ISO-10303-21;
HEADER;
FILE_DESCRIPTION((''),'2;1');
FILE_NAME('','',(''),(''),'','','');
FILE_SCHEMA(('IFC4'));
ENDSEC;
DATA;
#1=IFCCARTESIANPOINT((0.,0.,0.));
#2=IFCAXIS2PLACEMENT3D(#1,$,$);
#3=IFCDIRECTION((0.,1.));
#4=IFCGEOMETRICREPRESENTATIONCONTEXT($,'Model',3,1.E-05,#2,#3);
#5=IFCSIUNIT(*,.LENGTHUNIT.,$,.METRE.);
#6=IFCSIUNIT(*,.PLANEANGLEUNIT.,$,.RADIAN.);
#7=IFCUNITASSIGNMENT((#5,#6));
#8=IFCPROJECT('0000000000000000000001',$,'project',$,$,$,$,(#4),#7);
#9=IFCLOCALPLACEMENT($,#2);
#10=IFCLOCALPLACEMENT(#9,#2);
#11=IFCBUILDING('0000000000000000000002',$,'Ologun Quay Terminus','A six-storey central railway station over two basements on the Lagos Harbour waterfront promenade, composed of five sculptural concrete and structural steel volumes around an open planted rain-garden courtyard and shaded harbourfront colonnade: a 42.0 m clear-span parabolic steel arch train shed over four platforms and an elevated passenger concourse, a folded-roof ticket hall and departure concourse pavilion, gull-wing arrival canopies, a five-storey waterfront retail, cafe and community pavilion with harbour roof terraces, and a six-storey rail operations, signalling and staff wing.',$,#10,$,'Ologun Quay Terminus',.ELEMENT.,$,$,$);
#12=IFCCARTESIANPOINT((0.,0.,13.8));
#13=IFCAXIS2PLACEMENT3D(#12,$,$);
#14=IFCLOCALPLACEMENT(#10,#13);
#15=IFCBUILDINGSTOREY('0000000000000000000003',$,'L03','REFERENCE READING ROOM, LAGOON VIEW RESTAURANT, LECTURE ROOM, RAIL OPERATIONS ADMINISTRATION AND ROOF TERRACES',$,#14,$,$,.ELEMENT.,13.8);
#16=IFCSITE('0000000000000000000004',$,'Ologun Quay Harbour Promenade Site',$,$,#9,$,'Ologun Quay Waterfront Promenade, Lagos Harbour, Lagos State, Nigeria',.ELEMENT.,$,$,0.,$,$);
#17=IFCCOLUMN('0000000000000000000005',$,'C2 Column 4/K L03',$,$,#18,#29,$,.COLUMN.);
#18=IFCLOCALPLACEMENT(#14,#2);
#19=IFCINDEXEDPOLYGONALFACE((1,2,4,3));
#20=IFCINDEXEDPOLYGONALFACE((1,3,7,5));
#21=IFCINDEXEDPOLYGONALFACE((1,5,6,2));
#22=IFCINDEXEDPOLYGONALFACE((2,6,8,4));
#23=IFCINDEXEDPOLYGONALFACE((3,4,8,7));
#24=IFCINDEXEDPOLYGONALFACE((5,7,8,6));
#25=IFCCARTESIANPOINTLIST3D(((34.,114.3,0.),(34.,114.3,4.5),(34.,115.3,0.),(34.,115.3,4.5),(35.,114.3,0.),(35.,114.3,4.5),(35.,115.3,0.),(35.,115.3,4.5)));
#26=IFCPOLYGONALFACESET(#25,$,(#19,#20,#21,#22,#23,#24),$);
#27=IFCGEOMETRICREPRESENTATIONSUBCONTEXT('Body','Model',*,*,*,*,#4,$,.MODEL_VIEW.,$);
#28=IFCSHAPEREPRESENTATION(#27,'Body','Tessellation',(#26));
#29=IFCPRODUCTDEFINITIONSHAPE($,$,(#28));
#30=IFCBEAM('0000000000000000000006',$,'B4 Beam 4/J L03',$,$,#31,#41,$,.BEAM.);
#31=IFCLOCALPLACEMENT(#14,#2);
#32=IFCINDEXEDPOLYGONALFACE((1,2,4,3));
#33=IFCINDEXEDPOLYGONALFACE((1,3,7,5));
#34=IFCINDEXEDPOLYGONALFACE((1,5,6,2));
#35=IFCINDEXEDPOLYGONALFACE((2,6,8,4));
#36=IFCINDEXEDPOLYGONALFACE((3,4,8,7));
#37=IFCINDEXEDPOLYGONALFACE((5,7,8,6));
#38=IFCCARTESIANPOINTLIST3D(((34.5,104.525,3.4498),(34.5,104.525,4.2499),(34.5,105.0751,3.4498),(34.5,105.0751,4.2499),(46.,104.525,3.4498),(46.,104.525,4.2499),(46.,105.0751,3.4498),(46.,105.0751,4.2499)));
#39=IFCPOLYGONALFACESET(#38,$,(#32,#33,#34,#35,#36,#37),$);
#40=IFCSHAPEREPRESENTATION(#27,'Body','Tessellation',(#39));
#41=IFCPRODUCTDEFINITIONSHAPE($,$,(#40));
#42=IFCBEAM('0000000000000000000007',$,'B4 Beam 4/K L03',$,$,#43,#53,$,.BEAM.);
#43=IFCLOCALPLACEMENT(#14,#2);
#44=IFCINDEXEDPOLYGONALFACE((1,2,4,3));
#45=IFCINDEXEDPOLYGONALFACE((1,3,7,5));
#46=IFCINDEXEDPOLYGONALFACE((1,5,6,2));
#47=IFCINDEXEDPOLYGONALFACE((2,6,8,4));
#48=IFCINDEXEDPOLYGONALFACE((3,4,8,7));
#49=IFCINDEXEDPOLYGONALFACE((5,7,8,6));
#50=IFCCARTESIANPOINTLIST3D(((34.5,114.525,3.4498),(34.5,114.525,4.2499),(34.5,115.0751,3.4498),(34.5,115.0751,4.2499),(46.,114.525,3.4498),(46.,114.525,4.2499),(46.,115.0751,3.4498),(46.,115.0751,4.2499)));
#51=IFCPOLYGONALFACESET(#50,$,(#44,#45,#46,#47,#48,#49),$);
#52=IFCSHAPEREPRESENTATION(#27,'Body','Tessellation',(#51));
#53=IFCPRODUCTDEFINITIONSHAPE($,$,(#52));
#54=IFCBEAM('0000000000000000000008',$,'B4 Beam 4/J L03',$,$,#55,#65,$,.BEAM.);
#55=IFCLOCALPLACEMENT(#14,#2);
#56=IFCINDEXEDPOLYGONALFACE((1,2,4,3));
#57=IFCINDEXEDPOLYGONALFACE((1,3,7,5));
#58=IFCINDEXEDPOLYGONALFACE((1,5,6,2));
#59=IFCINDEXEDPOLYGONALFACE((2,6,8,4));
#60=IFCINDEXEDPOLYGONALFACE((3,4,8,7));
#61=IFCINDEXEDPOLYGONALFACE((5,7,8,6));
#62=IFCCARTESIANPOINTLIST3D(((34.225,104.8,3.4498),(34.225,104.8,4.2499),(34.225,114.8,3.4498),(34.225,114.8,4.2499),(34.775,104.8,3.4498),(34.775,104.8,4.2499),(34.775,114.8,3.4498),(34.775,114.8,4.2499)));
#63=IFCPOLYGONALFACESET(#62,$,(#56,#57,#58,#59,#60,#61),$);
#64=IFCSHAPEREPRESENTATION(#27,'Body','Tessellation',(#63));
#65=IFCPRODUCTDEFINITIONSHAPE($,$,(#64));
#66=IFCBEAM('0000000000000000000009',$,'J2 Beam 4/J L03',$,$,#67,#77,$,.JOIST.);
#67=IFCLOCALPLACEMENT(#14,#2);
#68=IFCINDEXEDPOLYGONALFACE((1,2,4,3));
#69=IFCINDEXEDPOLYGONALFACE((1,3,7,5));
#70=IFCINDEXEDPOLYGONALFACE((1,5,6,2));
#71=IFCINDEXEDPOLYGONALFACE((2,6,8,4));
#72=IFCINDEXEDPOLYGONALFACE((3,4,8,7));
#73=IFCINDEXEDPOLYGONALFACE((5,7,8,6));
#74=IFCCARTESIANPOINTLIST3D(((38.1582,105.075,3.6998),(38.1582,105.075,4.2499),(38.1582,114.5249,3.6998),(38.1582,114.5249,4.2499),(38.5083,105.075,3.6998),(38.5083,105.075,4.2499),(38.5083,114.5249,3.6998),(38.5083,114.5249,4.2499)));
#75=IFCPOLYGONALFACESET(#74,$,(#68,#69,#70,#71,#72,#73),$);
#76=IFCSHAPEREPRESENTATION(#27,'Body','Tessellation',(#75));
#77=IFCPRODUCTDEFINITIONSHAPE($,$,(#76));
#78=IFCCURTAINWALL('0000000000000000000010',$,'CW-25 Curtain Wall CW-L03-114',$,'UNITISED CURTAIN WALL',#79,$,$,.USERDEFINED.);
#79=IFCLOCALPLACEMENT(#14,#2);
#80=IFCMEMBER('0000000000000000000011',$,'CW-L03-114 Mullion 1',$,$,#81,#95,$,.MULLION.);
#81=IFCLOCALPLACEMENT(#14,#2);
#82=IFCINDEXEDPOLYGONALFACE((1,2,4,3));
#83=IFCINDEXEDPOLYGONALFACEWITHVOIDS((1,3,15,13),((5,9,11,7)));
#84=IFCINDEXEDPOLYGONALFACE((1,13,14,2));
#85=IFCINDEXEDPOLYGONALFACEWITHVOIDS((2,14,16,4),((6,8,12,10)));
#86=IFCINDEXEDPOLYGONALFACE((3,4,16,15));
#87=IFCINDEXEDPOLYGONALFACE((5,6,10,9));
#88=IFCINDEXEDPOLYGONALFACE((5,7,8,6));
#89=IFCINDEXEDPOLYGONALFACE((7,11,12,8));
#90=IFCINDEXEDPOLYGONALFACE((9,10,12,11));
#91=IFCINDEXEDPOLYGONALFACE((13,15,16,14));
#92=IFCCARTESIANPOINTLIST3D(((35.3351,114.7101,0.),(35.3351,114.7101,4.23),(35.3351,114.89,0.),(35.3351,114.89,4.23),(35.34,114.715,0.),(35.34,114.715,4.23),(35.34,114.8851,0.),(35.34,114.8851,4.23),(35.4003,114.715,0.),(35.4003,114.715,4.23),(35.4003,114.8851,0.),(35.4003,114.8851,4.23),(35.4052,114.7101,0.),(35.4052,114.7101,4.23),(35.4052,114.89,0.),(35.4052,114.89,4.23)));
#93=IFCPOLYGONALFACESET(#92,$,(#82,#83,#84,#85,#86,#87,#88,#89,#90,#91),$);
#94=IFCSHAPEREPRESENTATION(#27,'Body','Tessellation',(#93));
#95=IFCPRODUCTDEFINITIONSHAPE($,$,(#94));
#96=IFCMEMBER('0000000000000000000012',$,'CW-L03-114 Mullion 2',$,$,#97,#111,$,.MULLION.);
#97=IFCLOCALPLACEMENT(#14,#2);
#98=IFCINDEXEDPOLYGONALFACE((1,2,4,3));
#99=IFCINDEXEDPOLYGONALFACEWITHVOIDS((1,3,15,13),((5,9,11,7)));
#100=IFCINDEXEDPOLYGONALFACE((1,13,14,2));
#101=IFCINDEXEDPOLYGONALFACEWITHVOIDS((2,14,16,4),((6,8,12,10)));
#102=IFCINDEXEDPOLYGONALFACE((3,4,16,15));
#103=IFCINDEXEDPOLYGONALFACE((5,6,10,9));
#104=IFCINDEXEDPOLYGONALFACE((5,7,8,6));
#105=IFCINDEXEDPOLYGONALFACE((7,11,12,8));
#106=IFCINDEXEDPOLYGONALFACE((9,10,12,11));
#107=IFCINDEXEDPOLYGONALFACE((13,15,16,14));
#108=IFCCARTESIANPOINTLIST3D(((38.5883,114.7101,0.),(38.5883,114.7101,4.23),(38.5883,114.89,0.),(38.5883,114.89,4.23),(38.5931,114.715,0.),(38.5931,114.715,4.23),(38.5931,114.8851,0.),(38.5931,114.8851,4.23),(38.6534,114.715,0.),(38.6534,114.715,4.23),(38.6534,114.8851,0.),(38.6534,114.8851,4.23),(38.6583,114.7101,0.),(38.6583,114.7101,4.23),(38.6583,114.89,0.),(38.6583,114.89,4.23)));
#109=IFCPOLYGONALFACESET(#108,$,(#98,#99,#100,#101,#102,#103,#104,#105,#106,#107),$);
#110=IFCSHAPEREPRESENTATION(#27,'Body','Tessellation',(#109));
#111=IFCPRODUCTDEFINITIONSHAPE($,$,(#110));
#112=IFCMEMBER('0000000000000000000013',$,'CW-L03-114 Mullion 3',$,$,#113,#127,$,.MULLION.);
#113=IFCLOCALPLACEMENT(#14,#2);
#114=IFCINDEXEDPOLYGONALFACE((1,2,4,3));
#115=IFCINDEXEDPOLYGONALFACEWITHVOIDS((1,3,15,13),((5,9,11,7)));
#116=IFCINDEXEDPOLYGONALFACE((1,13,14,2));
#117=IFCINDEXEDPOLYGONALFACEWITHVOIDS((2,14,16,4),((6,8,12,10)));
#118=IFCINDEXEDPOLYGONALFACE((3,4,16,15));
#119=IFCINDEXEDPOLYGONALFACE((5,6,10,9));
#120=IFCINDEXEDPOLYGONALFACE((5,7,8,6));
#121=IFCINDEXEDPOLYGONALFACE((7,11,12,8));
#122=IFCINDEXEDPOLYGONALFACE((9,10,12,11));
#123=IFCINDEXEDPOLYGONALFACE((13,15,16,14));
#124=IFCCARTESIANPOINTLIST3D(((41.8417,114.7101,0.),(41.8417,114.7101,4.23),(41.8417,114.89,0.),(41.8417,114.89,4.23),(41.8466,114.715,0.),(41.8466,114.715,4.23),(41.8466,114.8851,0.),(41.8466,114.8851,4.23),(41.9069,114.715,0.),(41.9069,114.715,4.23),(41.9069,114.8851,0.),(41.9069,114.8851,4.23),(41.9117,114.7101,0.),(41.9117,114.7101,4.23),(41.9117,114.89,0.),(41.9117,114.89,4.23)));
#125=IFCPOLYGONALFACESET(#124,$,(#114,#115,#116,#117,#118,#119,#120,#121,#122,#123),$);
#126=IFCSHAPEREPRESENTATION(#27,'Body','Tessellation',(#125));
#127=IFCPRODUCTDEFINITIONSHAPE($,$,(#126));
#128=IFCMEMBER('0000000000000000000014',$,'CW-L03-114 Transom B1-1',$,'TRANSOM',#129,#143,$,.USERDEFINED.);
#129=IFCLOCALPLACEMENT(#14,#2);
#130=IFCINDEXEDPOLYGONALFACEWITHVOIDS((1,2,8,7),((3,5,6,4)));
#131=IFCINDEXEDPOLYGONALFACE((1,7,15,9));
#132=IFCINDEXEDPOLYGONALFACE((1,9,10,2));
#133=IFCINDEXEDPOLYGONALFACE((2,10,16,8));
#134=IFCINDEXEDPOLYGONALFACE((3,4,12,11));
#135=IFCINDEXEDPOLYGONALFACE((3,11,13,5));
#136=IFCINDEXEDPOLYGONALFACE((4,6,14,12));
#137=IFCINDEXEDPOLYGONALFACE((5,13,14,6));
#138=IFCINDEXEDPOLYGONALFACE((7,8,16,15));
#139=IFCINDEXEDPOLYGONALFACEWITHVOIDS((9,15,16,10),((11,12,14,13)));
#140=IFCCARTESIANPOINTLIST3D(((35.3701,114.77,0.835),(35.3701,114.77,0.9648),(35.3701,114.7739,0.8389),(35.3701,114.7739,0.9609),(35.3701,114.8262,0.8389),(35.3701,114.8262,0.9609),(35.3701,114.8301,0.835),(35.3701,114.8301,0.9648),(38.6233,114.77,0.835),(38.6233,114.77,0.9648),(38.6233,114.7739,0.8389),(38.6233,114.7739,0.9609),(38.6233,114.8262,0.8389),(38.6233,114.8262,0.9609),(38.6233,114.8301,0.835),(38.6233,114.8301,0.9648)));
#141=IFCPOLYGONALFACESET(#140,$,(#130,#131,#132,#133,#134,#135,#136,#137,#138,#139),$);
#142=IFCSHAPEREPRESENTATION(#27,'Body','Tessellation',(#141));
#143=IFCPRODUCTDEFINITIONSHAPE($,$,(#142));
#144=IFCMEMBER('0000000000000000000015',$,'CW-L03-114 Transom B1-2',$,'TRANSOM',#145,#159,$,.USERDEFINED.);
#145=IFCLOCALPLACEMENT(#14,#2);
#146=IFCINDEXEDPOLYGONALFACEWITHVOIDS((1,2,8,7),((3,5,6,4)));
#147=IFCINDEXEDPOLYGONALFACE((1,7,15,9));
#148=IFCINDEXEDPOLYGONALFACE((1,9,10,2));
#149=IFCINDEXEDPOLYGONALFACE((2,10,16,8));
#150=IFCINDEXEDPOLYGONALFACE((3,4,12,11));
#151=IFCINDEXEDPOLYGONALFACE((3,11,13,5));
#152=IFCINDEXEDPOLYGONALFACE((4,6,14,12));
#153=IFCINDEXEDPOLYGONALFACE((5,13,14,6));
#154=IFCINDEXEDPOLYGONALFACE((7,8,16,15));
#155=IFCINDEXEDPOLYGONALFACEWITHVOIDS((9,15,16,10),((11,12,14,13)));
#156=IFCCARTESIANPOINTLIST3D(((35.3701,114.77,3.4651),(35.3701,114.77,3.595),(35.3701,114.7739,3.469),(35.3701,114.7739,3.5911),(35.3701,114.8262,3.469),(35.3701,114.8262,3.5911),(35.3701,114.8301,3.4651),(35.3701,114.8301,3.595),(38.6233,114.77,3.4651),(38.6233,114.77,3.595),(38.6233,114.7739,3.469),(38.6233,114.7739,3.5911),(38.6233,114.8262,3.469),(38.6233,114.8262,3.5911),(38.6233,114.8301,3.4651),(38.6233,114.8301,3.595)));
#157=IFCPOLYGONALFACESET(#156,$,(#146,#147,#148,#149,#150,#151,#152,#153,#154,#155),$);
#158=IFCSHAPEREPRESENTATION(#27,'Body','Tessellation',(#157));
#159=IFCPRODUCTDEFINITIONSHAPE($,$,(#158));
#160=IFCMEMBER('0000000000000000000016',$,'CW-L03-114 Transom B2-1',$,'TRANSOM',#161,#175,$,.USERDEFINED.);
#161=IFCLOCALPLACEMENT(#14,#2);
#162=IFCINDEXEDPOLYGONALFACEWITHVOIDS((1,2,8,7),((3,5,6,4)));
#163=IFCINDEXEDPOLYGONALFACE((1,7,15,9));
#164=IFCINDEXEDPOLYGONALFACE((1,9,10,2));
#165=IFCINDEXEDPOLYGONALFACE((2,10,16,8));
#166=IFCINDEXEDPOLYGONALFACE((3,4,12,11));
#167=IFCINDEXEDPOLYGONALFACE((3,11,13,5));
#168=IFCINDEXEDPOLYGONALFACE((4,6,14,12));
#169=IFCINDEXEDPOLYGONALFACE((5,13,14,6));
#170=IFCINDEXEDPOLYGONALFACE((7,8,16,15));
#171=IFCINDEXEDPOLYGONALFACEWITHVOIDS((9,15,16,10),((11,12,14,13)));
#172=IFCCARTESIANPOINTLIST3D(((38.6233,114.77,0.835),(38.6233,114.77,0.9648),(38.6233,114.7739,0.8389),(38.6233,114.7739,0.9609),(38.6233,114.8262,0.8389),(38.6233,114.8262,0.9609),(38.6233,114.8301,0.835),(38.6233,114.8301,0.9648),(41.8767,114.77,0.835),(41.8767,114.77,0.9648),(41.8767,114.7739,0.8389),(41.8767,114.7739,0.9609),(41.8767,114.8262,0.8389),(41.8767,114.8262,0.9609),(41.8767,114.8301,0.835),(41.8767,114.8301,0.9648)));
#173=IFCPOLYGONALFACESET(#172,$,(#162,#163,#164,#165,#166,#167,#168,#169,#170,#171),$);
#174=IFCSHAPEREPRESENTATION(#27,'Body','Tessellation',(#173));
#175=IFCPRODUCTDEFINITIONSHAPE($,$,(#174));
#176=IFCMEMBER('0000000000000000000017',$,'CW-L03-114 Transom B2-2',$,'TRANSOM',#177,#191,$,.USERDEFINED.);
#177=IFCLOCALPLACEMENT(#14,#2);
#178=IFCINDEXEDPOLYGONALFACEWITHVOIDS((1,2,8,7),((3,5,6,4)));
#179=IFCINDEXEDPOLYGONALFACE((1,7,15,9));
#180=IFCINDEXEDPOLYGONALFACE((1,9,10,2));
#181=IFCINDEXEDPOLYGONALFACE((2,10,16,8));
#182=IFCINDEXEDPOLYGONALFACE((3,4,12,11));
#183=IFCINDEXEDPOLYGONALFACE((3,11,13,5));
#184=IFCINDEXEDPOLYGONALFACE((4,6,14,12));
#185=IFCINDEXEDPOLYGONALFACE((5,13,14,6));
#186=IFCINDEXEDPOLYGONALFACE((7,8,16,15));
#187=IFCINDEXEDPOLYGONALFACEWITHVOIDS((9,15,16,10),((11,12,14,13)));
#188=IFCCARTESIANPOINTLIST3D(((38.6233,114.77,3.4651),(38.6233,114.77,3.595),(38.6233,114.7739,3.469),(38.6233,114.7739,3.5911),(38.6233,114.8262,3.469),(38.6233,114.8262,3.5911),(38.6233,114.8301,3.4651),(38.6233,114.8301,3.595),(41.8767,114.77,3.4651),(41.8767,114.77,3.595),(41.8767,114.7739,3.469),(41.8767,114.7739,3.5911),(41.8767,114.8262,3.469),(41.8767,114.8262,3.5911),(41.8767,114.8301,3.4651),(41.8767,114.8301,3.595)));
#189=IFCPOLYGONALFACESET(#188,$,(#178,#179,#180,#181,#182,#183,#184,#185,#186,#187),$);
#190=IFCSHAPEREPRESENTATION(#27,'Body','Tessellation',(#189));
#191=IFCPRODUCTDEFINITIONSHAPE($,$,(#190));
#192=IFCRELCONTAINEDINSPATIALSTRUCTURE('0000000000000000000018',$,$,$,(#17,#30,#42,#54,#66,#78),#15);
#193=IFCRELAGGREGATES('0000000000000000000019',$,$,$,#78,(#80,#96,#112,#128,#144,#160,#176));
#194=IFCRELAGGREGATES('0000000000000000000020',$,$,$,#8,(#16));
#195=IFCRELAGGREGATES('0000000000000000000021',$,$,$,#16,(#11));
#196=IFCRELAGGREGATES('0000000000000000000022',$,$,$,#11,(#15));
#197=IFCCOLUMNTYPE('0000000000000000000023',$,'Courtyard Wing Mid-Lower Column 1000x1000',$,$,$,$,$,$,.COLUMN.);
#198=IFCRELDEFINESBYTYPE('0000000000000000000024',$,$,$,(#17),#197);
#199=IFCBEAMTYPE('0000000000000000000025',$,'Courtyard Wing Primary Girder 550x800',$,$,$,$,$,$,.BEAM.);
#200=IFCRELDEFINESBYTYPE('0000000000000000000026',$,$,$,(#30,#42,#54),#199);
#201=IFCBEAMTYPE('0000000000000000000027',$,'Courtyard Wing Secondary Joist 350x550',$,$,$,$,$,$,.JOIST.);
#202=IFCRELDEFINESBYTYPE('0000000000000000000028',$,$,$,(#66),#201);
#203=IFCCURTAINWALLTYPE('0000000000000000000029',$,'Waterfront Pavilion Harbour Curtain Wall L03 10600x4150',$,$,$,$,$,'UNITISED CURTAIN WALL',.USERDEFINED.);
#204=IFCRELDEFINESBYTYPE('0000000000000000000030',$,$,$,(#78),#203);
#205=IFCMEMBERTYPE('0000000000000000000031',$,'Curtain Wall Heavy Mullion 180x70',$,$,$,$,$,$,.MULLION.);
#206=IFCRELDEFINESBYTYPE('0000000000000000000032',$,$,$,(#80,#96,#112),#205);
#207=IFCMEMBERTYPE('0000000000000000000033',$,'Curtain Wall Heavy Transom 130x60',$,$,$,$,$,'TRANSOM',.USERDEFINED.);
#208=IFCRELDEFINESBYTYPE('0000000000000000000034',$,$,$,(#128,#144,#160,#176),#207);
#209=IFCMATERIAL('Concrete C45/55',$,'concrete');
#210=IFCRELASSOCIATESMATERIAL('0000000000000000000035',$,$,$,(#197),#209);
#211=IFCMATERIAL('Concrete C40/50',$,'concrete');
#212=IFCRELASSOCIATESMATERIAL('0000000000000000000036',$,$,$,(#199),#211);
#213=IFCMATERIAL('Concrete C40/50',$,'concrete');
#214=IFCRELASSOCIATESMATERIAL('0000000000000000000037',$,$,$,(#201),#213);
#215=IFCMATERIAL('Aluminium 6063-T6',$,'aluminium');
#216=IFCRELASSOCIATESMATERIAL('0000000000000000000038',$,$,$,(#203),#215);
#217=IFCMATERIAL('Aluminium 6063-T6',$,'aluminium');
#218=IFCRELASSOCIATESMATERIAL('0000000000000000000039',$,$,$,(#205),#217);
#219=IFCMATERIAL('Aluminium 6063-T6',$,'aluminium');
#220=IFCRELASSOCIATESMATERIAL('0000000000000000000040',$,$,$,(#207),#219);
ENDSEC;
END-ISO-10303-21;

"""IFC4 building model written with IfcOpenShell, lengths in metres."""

from ifc_helpers import new_model, si_unit, direction, frame, origin, origin_2d, place, context, subcontext, project, spatial, rectangle, hollow_rectangle, extrude, material, material_profile, profile_set, type_object, element, aggregate, save


model = new_model("IFC4")

# Units and contexts
model_context = context("Model", 3, precision=1e-05, world=origin(), true_north=direction((0.0, 1.0)))
body_context = subcontext(model_context, "Body", "Model", "MODEL_VIEW")
ifc_project = project(units=[si_unit("LENGTHUNIT", "METRE"), si_unit("PLANEANGLEUNIT", "RADIAN")], contexts=[model_context])

# Site, building, storey
site_placement = place(None, origin())
site = spatial("IfcSite", under=ifc_project, at=site_placement, Name="Ologun Quay Harbour Promenade Site", LongName="Ologun Quay Waterfront Promenade, Lagos Harbour, Lagos State, Nigeria", CompositionType="ELEMENT", RefElevation=0.0)
building_placement = place(site_placement, origin())
building = spatial("IfcBuilding", under=site, at=building_placement, Name="Ologun Quay Terminus", Description="A six-storey central railway station over two basements on the Lagos Harbour waterfront promenade, composed of five sculptural concrete and structural steel volumes around an open planted rain-garden courtyard and shaded harbourfront colonnade: a 42.0 m clear-span parabolic steel arch train shed over four platforms and an elevated passenger concourse, a folded-roof ticket hall and departure concourse pavilion, gull-wing arrival canopies, a five-storey waterfront retail, cafe and community pavilion with harbour roof terraces, and a six-storey rail operations, signalling and staff wing.", LongName="Ologun Quay Terminus", CompositionType="ELEMENT")
storey_placement = place(building_placement, frame((0.0, 0.0, 13.8)))
storey = spatial("IfcBuildingStorey", under=building, at=storey_placement, Name="L03", Description="REFERENCE READING ROOM, LAGOON VIEW RESTAURANT, LECTURE ROOM, RAIL OPERATIONS ADMINISTRATION AND ROOF TERRACES", CompositionType="ELEMENT", Elevation=13.8)

# Column
ifc_material_1 = material(Name="Concrete C45/55", Category="concrete")
ifc_material_profile_1 = material_profile(ifc_material_1, rectangle(XDim=1.0, YDim=1.0, at=origin_2d()), Name="RC 1000x1000")
ifc_profile_set_1 = profile_set([ifc_material_profile_1], Name="Concrete C45/55")
column_type = type_object("IfcColumnType", Name="Courtyard Wing Mid-Lower Column 1000x1000", PredefinedType="COLUMN", material=ifc_profile_set_1)
column_placement = place(storey_placement, frame((34.5, 114.8, 0.0), z_axis=(0.0, 0.0, 1.0), x_axis=(1.0, 0.0, 0.0)))
element("IfcColumn", 1, at=column_placement, inside=storey, type_object=column_type, Name="C2 Column 4/K L03", PredefinedType="COLUMN", context=body_context, shape_type="SweptSolid", body=[
    extrude(rectangle(XDim=1.0, YDim=1.0, at=origin_2d()), origin(), (0.0, 0.0, 1.0), 4.5),
])

# Beams
ifc_material_2 = material(Name="Concrete C40/50", Category="concrete")
ifc_material_profile_2 = material_profile(ifc_material_2, rectangle(XDim=0.55, YDim=0.8, at=origin_2d()), Name="RC 550x800")
ifc_profile_set_2 = profile_set([ifc_material_profile_2], Name="Concrete C40/50")
beam_type_1 = type_object("IfcBeamType", Name="Courtyard Wing Primary Girder 550x800", PredefinedType="BEAM", material=ifc_profile_set_2)
for number, where, z_axis, x_axis, name in (
    (2, (34.5, 104.8, 3.8499), (1.0, 0.0, 0.0), (0.0, 1.0, 0.0), "B4 Beam 4/J L03"),
    (3, (34.5, 114.8, 3.8499), (1.0, 0.0, 0.0), (0.0, 1.0, 0.0), "B4 Beam 4/K L03"),
):
    element("IfcBeam", number, at=place(storey_placement, frame(where, z_axis=z_axis, x_axis=x_axis)), inside=storey, type_object=beam_type_1, Name=name, PredefinedType="BEAM", context=body_context, shape_type="SweptSolid", body=[
        extrude(rectangle(XDim=0.55, YDim=0.8, at=origin_2d()), origin(), (0.0, 0.0, 1.0), 11.5),
    ])
beam_1_placement = place(storey_placement, frame((34.5, 104.8, 3.8499), z_axis=(0.0, 1.0, 0.0), x_axis=(-1.0, 0.0, 0.0)))
element("IfcBeam", 4, at=beam_1_placement, inside=storey, type_object=beam_type_1, Name="B4 Beam 4/J L03", PredefinedType="BEAM", context=body_context, shape_type="SweptSolid", body=[
    extrude(rectangle(XDim=0.55, YDim=0.8, at=origin_2d()), origin(), (0.0, 0.0, 1.0), 10.0),
])
ifc_material_3 = material(Name="Concrete C40/50", Category="concrete")
ifc_material_profile_3 = material_profile(ifc_material_3, rectangle(XDim=0.3501, YDim=0.55, at=origin_2d()), Name="RC 350x550")
ifc_profile_set_3 = profile_set([ifc_material_profile_3], Name="Concrete C40/50")
beam_type_2 = type_object("IfcBeamType", Name="Courtyard Wing Secondary Joist 350x550", PredefinedType="JOIST", material=ifc_profile_set_3)
beam_2_placement = place(storey_placement, frame((38.3333, 105.075, 3.9749), z_axis=(0.0, 1.0, 0.0), x_axis=(-1.0, 0.0, 0.0)))
element("IfcBeam", 5, at=beam_2_placement, inside=storey, type_object=beam_type_2, Name="J2 Beam 4/J L03", PredefinedType="JOIST", context=body_context, shape_type="SweptSolid", body=[
    extrude(rectangle(XDim=0.3501, YDim=0.55, at=origin_2d()), origin(), (0.0, 0.0, 1.0), 9.45),
])

# Curtain wall, members
ifc_material_4 = material(Name="Aluminium 6063-T6", Category="aluminium")
curtain_wall_type = type_object("IfcCurtainWallType", Name="Waterfront Pavilion Harbour Curtain Wall L03 10600x4150", ElementType="UNITISED CURTAIN WALL", PredefinedType="USERDEFINED", material=ifc_material_4)
curtain_wall_placement = place(storey_placement, origin())
curtain_wall = element("IfcCurtainWall", 6, at=curtain_wall_placement, inside=storey, type_object=curtain_wall_type, Name="CW-25 Curtain Wall CW-L03-114", ObjectType="UNITISED CURTAIN WALL", PredefinedType="USERDEFINED")
ifc_material_5 = material(Name="Aluminium 6063-T6", Category="aluminium")
ifc_material_profile_4 = material_profile(ifc_material_5, hollow_rectangle(XDim=0.0701, YDim=0.1799, WallThickness=0.0049, at=origin_2d()), Name="ALU 180x70x5")
ifc_profile_set_4 = profile_set([ifc_material_profile_4], Name="Aluminium 6063-T6")
member_type_1 = type_object("IfcMemberType", Name="Curtain Wall Heavy Mullion 180x70", PredefinedType="MULLION", material=ifc_profile_set_4)
member_1_placement = place(storey_placement, frame((35.3701, 114.8, 0.0), z_axis=(0.0, 0.0, 1.0), x_axis=(1.0, 0.0, 0.0)))
member_1 = element("IfcMember", 7, at=member_1_placement, type_object=member_type_1, Name="CW-L03-114 Mullion 1", PredefinedType="MULLION", context=body_context, shape_type="SweptSolid", body=[
    extrude(hollow_rectangle(XDim=0.0701, YDim=0.1799, WallThickness=0.0049, at=origin_2d()), origin(), (0.0, 0.0, 1.0), 4.23),
])
member_2_placement = place(storey_placement, frame((38.6233, 114.8, 0.0), z_axis=(0.0, 0.0, 1.0), x_axis=(1.0, 0.0, 0.0)))
member_2 = element("IfcMember", 8, at=member_2_placement, type_object=member_type_1, Name="CW-L03-114 Mullion 2", PredefinedType="MULLION", context=body_context, shape_type="SweptSolid", body=[
    extrude(hollow_rectangle(XDim=0.0701, YDim=0.1799, WallThickness=0.0049, at=origin_2d()), origin(), (0.0, 0.0, 1.0), 4.23),
])
member_3_placement = place(storey_placement, frame((41.8767, 114.8, 0.0), z_axis=(0.0, 0.0, 1.0), x_axis=(1.0, 0.0, 0.0)))
member_3 = element("IfcMember", 9, at=member_3_placement, type_object=member_type_1, Name="CW-L03-114 Mullion 3", PredefinedType="MULLION", context=body_context, shape_type="SweptSolid", body=[
    extrude(hollow_rectangle(XDim=0.0701, YDim=0.1799, WallThickness=0.0049, at=origin_2d()), origin(), (0.0, 0.0, 1.0), 4.23),
])
ifc_material_6 = material(Name="Aluminium 6063-T6", Category="aluminium")
ifc_material_profile_5 = material_profile(ifc_material_6, hollow_rectangle(XDim=0.0601, YDim=0.1299, WallThickness=0.0039, at=origin_2d()), Name="ALU 130x60x4")
ifc_profile_set_5 = profile_set([ifc_material_profile_5], Name="Aluminium 6063-T6")
member_type_2 = type_object("IfcMemberType", Name="Curtain Wall Heavy Transom 130x60", ElementType="TRANSOM", PredefinedType="USERDEFINED", material=ifc_profile_set_5)
member_4_placement = place(storey_placement, frame((35.3701, 114.8, 0.8999), z_axis=(1.0, 0.0, 0.0), x_axis=(0.0, 1.0, 0.0)))
member_4 = element("IfcMember", 10, at=member_4_placement, type_object=member_type_2, Name="CW-L03-114 Transom B1-1", ObjectType="TRANSOM", PredefinedType="USERDEFINED", context=body_context, shape_type="SweptSolid", body=[
    extrude(hollow_rectangle(XDim=0.0601, YDim=0.1299, WallThickness=0.0039, at=origin_2d()), origin(), (0.0, 0.0, 1.0), 3.2532),
])
member_5_placement = place(storey_placement, frame((35.3701, 114.8, 3.53), z_axis=(1.0, 0.0, 0.0), x_axis=(0.0, 1.0, 0.0)))
member_5 = element("IfcMember", 11, at=member_5_placement, type_object=member_type_2, Name="CW-L03-114 Transom B1-2", ObjectType="TRANSOM", PredefinedType="USERDEFINED", context=body_context, shape_type="SweptSolid", body=[
    extrude(hollow_rectangle(XDim=0.0601, YDim=0.1299, WallThickness=0.0039, at=origin_2d()), origin(), (0.0, 0.0, 1.0), 3.2532),
])
member_6_placement = place(storey_placement, frame((38.6233, 114.8, 0.8999), z_axis=(1.0, 0.0, 0.0), x_axis=(0.0, 1.0, 0.0)))
member_6 = element("IfcMember", 12, at=member_6_placement, type_object=member_type_2, Name="CW-L03-114 Transom B2-1", ObjectType="TRANSOM", PredefinedType="USERDEFINED", context=body_context, shape_type="SweptSolid", body=[
    extrude(hollow_rectangle(XDim=0.0601, YDim=0.1299, WallThickness=0.0039, at=origin_2d()), origin(), (0.0, 0.0, 1.0), 3.2534),
])
member_7_placement = place(storey_placement, frame((38.6233, 114.8, 3.53), z_axis=(1.0, 0.0, 0.0), x_axis=(0.0, 1.0, 0.0)))
member_7 = element("IfcMember", 13, at=member_7_placement, type_object=member_type_2, Name="CW-L03-114 Transom B2-2", ObjectType="TRANSOM", PredefinedType="USERDEFINED", context=body_context, shape_type="SweptSolid", body=[
    extrude(hollow_rectangle(XDim=0.0601, YDim=0.1299, WallThickness=0.0039, at=origin_2d()), origin(), (0.0, 0.0, 1.0), 3.2534),
])
aggregate(curtain_wall, [member_1, member_2, member_3, member_4, member_5, member_6, member_7])

save(model, "model.ifc")
